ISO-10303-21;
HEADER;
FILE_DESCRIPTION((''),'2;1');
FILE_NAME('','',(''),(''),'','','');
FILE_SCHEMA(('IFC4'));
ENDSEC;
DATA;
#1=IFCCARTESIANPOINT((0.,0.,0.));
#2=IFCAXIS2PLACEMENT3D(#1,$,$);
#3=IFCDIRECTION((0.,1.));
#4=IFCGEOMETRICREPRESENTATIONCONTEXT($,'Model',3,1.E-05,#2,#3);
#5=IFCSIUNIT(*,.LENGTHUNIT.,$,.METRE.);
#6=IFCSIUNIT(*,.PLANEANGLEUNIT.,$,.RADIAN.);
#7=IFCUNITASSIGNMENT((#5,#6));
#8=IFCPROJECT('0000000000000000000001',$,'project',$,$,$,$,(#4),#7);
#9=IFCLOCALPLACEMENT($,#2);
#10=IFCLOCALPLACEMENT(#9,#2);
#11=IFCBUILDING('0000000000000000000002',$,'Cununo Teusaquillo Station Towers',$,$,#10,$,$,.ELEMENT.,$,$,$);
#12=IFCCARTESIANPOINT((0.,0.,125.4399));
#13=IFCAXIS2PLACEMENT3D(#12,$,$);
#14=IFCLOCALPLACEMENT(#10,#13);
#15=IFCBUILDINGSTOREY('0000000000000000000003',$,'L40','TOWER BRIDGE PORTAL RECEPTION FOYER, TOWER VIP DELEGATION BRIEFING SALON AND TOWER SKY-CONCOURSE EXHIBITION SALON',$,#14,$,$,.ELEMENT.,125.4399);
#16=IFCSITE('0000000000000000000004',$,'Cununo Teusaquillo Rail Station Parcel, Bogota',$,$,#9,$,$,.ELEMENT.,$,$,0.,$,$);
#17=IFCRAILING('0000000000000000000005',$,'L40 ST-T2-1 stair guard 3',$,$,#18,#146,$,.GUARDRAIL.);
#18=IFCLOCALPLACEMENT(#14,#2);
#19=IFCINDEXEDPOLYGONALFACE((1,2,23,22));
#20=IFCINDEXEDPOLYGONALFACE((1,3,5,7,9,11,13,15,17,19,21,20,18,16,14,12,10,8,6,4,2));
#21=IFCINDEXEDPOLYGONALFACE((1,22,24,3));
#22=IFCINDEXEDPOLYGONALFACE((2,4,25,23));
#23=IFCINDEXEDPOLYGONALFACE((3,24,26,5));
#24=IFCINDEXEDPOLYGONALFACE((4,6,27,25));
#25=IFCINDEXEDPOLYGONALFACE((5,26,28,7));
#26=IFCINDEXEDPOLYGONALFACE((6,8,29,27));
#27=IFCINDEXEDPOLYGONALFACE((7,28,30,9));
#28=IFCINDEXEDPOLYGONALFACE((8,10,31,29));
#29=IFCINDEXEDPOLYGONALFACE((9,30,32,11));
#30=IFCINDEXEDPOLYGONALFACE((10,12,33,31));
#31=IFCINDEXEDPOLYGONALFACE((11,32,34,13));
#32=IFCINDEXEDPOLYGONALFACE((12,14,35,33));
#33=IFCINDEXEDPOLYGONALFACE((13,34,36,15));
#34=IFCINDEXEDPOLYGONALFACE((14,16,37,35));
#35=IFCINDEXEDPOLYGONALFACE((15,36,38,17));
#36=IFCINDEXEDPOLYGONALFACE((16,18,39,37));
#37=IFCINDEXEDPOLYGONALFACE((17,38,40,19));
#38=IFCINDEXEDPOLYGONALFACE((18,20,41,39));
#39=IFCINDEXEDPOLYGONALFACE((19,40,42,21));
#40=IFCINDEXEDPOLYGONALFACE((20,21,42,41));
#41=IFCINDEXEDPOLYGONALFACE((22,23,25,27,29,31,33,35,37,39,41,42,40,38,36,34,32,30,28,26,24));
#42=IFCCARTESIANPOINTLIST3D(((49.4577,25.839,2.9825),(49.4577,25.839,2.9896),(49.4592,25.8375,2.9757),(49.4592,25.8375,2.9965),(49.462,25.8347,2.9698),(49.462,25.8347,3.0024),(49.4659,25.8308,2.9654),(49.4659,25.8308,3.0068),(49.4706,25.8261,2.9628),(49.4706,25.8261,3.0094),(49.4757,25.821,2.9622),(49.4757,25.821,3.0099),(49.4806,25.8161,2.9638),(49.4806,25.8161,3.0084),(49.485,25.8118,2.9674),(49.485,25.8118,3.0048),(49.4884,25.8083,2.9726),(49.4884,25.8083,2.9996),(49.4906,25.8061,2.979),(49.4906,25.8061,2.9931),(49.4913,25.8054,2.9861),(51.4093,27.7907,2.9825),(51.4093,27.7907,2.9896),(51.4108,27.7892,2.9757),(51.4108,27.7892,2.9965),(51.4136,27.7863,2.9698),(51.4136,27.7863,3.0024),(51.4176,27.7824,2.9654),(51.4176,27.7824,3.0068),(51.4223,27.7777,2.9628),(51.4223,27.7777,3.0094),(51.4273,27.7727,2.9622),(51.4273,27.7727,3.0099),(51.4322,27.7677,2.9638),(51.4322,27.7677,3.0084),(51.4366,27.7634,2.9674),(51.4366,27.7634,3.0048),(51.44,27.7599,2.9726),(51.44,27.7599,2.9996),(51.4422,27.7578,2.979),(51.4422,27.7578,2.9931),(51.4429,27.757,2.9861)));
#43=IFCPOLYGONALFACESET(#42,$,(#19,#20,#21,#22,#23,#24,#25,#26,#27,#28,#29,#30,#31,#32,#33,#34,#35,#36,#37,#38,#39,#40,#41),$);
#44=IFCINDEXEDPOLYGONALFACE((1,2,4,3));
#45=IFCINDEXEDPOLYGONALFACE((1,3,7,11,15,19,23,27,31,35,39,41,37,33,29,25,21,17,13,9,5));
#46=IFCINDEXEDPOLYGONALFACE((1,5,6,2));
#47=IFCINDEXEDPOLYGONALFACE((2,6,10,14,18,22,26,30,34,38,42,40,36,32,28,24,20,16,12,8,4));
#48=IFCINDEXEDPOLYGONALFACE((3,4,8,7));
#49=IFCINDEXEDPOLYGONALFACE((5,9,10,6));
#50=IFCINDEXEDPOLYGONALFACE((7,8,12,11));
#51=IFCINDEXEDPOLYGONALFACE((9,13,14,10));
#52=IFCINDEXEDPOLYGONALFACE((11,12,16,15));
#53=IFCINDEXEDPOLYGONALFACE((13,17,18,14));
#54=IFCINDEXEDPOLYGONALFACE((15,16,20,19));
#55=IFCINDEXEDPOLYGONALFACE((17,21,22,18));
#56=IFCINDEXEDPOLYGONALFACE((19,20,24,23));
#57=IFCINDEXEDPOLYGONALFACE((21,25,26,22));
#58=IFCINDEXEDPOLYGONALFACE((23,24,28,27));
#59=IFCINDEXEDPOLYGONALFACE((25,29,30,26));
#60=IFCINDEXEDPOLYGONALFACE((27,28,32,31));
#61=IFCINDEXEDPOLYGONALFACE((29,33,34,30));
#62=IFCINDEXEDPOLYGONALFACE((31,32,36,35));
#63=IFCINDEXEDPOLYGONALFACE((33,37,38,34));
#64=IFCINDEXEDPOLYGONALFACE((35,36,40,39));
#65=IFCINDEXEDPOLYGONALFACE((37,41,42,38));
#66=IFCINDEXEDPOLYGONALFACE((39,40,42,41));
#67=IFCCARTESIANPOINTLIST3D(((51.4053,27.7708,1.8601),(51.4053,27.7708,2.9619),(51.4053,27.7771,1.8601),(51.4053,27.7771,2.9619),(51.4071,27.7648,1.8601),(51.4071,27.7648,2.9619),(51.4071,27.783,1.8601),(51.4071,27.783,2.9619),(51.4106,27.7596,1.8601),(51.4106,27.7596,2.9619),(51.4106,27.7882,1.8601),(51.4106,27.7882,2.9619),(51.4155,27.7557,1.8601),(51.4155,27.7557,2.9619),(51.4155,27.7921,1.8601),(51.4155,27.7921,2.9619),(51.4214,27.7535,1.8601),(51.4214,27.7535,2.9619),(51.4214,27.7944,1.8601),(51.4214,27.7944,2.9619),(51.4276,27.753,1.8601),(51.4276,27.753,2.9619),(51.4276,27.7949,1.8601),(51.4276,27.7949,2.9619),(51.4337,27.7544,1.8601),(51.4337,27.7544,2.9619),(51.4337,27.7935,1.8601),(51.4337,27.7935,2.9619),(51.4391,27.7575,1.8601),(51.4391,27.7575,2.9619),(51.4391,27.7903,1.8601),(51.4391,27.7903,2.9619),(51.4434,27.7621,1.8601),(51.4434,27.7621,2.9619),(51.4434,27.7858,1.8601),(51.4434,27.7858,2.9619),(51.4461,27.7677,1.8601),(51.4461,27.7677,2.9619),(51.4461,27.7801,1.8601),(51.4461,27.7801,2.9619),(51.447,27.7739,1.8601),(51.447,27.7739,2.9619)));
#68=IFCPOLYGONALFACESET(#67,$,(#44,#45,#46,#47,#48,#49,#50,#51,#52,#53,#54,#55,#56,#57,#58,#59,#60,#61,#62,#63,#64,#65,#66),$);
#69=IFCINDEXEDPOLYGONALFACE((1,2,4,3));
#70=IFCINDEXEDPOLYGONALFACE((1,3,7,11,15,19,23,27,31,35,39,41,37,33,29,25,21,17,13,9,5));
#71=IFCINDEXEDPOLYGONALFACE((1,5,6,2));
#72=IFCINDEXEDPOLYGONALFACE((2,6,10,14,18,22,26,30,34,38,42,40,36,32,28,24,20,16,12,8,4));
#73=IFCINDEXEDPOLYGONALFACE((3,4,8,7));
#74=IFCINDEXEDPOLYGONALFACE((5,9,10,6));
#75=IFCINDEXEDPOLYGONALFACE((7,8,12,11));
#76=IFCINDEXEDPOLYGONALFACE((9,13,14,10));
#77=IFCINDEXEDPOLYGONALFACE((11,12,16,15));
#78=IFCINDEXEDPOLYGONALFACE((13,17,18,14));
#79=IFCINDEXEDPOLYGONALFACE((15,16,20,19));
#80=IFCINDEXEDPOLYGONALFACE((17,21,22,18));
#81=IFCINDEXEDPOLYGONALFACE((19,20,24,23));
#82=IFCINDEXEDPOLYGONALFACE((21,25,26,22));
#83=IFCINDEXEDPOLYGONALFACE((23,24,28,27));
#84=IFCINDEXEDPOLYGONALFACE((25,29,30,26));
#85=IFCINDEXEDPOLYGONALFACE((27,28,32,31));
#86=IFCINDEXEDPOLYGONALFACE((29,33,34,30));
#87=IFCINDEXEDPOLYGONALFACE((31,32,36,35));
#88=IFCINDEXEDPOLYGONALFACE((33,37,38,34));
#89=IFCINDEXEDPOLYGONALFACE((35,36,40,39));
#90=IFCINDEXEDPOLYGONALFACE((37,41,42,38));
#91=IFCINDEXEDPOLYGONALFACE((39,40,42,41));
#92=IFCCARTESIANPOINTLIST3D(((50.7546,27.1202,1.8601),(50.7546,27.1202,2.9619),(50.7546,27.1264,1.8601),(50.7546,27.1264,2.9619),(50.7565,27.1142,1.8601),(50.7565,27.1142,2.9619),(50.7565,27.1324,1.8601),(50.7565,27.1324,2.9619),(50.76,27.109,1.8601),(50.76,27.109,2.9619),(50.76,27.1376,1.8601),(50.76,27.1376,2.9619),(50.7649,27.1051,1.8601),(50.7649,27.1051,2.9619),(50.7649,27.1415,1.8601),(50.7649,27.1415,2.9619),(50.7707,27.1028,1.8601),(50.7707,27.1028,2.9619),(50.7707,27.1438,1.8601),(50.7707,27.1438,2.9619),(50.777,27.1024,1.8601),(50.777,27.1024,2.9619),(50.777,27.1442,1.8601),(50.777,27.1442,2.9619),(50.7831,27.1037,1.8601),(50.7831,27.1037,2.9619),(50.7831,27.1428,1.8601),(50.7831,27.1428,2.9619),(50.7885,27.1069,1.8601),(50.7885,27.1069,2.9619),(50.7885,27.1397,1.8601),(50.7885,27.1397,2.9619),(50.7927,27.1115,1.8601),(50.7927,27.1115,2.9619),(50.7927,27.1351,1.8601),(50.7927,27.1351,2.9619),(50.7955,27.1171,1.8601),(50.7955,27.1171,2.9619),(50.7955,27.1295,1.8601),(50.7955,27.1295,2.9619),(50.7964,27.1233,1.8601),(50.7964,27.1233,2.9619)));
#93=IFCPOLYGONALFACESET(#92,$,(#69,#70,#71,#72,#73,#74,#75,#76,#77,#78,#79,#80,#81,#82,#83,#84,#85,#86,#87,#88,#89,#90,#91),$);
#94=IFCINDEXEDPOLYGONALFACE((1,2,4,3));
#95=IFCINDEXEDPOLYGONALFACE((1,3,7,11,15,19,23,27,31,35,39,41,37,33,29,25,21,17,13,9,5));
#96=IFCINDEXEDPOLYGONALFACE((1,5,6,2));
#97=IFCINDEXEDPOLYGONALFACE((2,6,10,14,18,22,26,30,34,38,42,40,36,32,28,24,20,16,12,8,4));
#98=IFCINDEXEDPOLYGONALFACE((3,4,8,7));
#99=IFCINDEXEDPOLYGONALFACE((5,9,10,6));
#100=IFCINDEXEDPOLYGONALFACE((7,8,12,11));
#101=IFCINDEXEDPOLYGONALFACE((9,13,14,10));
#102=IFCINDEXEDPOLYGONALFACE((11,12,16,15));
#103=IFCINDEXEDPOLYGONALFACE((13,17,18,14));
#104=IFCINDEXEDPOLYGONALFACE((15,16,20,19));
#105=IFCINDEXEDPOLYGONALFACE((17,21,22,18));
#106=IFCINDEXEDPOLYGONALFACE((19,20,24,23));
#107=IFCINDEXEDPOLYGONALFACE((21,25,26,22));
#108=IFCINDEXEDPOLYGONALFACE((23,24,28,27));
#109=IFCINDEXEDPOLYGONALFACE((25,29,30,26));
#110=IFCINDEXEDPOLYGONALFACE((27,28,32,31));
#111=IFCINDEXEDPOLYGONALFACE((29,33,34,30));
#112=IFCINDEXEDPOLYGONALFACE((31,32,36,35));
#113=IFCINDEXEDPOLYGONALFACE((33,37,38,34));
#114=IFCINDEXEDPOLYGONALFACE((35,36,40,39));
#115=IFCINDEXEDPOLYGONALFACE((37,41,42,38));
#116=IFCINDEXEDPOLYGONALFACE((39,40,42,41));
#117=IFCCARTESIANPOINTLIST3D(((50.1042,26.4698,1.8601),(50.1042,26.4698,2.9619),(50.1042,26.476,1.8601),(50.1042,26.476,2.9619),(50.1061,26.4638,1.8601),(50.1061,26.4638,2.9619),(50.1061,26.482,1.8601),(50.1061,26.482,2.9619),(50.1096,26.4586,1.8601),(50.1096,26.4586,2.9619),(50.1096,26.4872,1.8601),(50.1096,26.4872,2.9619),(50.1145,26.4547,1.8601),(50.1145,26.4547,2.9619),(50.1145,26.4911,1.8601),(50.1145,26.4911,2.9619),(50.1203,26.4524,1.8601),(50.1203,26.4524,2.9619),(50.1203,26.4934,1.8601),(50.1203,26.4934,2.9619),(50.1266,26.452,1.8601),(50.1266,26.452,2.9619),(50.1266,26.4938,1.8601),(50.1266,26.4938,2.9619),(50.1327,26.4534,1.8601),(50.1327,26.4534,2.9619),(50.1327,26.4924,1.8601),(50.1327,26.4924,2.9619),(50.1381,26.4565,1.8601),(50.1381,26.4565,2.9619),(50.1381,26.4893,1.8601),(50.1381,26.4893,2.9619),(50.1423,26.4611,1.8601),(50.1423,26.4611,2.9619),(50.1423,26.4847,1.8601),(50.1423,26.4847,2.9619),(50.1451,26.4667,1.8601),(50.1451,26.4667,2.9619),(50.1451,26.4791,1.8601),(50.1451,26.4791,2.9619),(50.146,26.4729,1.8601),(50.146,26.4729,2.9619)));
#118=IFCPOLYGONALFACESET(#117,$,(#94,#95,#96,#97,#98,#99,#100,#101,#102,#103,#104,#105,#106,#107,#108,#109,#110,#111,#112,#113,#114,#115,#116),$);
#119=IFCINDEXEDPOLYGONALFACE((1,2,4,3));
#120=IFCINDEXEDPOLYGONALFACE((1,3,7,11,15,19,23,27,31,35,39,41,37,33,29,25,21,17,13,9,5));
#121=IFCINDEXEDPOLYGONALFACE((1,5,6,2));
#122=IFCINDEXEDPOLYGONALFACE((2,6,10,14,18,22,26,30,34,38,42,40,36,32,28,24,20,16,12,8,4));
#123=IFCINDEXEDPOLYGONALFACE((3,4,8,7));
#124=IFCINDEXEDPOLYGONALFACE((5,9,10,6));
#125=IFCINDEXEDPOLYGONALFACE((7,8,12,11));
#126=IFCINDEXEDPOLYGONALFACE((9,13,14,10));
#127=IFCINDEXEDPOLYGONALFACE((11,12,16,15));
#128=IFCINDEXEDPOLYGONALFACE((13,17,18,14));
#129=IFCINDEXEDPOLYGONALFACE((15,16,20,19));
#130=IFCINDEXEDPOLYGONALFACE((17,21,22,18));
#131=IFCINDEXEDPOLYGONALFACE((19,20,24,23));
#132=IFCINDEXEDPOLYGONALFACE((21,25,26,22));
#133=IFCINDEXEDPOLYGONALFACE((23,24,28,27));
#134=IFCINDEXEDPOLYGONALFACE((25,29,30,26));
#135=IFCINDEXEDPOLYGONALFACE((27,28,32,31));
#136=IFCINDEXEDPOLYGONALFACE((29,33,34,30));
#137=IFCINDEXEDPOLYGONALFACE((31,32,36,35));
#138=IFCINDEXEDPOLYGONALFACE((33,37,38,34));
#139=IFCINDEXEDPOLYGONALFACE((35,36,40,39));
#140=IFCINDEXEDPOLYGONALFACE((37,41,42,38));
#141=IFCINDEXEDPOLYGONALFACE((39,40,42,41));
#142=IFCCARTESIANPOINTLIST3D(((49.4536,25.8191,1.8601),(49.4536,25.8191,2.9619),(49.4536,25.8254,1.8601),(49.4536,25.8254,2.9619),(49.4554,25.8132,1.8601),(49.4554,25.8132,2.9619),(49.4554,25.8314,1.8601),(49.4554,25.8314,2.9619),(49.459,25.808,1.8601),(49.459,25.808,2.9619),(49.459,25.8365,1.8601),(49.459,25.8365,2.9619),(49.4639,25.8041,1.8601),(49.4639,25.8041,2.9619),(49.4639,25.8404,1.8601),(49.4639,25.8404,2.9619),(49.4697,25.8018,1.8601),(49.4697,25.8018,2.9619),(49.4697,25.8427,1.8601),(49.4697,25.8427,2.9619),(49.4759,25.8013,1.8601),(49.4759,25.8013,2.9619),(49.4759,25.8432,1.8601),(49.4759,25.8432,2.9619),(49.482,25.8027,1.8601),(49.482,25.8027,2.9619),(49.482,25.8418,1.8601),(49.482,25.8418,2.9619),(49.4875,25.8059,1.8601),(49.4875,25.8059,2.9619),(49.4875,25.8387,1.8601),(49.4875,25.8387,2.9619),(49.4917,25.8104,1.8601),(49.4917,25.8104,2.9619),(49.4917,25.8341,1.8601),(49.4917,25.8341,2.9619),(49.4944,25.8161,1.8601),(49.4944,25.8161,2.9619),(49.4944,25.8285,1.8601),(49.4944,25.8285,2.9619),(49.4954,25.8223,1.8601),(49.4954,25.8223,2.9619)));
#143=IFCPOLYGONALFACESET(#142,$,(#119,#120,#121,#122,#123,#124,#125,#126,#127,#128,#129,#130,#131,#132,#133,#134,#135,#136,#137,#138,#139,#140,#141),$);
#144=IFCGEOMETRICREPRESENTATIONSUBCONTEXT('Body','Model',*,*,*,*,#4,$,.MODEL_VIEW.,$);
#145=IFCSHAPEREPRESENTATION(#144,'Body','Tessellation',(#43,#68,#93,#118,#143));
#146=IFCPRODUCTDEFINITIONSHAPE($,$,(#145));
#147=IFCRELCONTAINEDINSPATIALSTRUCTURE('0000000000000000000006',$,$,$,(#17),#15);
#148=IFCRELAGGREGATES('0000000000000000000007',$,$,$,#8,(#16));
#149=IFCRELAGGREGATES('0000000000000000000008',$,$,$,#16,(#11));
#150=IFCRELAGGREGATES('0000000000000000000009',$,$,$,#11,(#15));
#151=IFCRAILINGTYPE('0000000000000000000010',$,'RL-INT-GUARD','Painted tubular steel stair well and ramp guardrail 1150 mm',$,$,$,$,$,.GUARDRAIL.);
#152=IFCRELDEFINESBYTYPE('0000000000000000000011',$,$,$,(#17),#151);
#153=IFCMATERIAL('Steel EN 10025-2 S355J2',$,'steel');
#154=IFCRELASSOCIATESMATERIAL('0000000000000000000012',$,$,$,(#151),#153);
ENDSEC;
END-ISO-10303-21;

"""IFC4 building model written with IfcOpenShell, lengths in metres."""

from ifc_helpers import new_model, si_unit, direction, frame, origin, origin_2d, place, context, subcontext, project, spatial, circle, extrude, material, type_object, element, save


model = new_model("IFC4")

# Units and contexts
model_context = context("Model", 3, precision=1e-05, world=origin(), true_north=direction((0.0, 1.0)))
body_context = subcontext(model_context, "Body", "Model", "MODEL_VIEW")
ifc_project = project(units=[si_unit("LENGTHUNIT", "METRE"), si_unit("PLANEANGLEUNIT", "RADIAN")], contexts=[model_context])

# Site, building, storey
site_placement = place(None, origin())
site = spatial("IfcSite", under=ifc_project, at=site_placement, Name="Cununo Teusaquillo Rail Station Parcel, Bogota", CompositionType="ELEMENT", RefElevation=0.0)
building_placement = place(site_placement, origin())
building = spatial("IfcBuilding", under=site, at=building_placement, Name="Cununo Teusaquillo Station Towers", CompositionType="ELEMENT")
storey_placement = place(building_placement, frame((0.0, 0.0, 125.4399)))
storey = spatial("IfcBuildingStorey", under=building, at=storey_placement, Name="L40", Description="TOWER BRIDGE PORTAL RECEPTION FOYER, TOWER VIP DELEGATION BRIEFING SALON AND TOWER SKY-CONCOURSE EXHIBITION SALON", CompositionType="ELEMENT", Elevation=125.4399)

# Railing
ifc_material_1 = material(Name="Steel EN 10025-2 S355J2", Category="steel")
railing_type = type_object("IfcRailingType", Name="RL-INT-GUARD", Description="Painted tubular steel stair well and ramp guardrail 1150 mm", PredefinedType="GUARDRAIL", material=ifc_material_1)
railing_1_placement = place(storey_placement, frame((51.426, 27.7739, 1.8601)))
element("IfcRailing", 1, at=railing_1_placement, inside=storey, type_object=railing_type, Name="L40 ST-T2-1 stair guard 3", PredefinedType="GUARDRAIL", context=body_context, shape_type="SweptSolid", body=[
    extrude(circle(Radius=0.0239, at=origin_2d()), frame((0.0, 0.0, 1.126), z_axis=(-0.707107, -0.707107, 0.0), x_axis=(0.707107, -0.707107, 0.0)), (0.0, 0.0, 1.0), 2.76),
    extrude(circle(Radius=0.021, at=origin_2d()), origin(), (0.0, 0.0, 1.0), 1.1018),
    extrude(circle(Radius=0.021, at=origin_2d()), frame((-0.6506, -0.6506, 0.0)), (0.0, 0.0, 1.0), 1.1018),
    extrude(circle(Radius=0.021, at=origin_2d()), frame((-1.301, -1.301, 0.0)), (0.0, 0.0, 1.0), 1.1018),
    extrude(circle(Radius=0.021, at=origin_2d()), frame((-1.9517, -1.9517, 0.0)), (0.0, 0.0, 1.0), 1.1018),
])

save(model, "model.ifc")
